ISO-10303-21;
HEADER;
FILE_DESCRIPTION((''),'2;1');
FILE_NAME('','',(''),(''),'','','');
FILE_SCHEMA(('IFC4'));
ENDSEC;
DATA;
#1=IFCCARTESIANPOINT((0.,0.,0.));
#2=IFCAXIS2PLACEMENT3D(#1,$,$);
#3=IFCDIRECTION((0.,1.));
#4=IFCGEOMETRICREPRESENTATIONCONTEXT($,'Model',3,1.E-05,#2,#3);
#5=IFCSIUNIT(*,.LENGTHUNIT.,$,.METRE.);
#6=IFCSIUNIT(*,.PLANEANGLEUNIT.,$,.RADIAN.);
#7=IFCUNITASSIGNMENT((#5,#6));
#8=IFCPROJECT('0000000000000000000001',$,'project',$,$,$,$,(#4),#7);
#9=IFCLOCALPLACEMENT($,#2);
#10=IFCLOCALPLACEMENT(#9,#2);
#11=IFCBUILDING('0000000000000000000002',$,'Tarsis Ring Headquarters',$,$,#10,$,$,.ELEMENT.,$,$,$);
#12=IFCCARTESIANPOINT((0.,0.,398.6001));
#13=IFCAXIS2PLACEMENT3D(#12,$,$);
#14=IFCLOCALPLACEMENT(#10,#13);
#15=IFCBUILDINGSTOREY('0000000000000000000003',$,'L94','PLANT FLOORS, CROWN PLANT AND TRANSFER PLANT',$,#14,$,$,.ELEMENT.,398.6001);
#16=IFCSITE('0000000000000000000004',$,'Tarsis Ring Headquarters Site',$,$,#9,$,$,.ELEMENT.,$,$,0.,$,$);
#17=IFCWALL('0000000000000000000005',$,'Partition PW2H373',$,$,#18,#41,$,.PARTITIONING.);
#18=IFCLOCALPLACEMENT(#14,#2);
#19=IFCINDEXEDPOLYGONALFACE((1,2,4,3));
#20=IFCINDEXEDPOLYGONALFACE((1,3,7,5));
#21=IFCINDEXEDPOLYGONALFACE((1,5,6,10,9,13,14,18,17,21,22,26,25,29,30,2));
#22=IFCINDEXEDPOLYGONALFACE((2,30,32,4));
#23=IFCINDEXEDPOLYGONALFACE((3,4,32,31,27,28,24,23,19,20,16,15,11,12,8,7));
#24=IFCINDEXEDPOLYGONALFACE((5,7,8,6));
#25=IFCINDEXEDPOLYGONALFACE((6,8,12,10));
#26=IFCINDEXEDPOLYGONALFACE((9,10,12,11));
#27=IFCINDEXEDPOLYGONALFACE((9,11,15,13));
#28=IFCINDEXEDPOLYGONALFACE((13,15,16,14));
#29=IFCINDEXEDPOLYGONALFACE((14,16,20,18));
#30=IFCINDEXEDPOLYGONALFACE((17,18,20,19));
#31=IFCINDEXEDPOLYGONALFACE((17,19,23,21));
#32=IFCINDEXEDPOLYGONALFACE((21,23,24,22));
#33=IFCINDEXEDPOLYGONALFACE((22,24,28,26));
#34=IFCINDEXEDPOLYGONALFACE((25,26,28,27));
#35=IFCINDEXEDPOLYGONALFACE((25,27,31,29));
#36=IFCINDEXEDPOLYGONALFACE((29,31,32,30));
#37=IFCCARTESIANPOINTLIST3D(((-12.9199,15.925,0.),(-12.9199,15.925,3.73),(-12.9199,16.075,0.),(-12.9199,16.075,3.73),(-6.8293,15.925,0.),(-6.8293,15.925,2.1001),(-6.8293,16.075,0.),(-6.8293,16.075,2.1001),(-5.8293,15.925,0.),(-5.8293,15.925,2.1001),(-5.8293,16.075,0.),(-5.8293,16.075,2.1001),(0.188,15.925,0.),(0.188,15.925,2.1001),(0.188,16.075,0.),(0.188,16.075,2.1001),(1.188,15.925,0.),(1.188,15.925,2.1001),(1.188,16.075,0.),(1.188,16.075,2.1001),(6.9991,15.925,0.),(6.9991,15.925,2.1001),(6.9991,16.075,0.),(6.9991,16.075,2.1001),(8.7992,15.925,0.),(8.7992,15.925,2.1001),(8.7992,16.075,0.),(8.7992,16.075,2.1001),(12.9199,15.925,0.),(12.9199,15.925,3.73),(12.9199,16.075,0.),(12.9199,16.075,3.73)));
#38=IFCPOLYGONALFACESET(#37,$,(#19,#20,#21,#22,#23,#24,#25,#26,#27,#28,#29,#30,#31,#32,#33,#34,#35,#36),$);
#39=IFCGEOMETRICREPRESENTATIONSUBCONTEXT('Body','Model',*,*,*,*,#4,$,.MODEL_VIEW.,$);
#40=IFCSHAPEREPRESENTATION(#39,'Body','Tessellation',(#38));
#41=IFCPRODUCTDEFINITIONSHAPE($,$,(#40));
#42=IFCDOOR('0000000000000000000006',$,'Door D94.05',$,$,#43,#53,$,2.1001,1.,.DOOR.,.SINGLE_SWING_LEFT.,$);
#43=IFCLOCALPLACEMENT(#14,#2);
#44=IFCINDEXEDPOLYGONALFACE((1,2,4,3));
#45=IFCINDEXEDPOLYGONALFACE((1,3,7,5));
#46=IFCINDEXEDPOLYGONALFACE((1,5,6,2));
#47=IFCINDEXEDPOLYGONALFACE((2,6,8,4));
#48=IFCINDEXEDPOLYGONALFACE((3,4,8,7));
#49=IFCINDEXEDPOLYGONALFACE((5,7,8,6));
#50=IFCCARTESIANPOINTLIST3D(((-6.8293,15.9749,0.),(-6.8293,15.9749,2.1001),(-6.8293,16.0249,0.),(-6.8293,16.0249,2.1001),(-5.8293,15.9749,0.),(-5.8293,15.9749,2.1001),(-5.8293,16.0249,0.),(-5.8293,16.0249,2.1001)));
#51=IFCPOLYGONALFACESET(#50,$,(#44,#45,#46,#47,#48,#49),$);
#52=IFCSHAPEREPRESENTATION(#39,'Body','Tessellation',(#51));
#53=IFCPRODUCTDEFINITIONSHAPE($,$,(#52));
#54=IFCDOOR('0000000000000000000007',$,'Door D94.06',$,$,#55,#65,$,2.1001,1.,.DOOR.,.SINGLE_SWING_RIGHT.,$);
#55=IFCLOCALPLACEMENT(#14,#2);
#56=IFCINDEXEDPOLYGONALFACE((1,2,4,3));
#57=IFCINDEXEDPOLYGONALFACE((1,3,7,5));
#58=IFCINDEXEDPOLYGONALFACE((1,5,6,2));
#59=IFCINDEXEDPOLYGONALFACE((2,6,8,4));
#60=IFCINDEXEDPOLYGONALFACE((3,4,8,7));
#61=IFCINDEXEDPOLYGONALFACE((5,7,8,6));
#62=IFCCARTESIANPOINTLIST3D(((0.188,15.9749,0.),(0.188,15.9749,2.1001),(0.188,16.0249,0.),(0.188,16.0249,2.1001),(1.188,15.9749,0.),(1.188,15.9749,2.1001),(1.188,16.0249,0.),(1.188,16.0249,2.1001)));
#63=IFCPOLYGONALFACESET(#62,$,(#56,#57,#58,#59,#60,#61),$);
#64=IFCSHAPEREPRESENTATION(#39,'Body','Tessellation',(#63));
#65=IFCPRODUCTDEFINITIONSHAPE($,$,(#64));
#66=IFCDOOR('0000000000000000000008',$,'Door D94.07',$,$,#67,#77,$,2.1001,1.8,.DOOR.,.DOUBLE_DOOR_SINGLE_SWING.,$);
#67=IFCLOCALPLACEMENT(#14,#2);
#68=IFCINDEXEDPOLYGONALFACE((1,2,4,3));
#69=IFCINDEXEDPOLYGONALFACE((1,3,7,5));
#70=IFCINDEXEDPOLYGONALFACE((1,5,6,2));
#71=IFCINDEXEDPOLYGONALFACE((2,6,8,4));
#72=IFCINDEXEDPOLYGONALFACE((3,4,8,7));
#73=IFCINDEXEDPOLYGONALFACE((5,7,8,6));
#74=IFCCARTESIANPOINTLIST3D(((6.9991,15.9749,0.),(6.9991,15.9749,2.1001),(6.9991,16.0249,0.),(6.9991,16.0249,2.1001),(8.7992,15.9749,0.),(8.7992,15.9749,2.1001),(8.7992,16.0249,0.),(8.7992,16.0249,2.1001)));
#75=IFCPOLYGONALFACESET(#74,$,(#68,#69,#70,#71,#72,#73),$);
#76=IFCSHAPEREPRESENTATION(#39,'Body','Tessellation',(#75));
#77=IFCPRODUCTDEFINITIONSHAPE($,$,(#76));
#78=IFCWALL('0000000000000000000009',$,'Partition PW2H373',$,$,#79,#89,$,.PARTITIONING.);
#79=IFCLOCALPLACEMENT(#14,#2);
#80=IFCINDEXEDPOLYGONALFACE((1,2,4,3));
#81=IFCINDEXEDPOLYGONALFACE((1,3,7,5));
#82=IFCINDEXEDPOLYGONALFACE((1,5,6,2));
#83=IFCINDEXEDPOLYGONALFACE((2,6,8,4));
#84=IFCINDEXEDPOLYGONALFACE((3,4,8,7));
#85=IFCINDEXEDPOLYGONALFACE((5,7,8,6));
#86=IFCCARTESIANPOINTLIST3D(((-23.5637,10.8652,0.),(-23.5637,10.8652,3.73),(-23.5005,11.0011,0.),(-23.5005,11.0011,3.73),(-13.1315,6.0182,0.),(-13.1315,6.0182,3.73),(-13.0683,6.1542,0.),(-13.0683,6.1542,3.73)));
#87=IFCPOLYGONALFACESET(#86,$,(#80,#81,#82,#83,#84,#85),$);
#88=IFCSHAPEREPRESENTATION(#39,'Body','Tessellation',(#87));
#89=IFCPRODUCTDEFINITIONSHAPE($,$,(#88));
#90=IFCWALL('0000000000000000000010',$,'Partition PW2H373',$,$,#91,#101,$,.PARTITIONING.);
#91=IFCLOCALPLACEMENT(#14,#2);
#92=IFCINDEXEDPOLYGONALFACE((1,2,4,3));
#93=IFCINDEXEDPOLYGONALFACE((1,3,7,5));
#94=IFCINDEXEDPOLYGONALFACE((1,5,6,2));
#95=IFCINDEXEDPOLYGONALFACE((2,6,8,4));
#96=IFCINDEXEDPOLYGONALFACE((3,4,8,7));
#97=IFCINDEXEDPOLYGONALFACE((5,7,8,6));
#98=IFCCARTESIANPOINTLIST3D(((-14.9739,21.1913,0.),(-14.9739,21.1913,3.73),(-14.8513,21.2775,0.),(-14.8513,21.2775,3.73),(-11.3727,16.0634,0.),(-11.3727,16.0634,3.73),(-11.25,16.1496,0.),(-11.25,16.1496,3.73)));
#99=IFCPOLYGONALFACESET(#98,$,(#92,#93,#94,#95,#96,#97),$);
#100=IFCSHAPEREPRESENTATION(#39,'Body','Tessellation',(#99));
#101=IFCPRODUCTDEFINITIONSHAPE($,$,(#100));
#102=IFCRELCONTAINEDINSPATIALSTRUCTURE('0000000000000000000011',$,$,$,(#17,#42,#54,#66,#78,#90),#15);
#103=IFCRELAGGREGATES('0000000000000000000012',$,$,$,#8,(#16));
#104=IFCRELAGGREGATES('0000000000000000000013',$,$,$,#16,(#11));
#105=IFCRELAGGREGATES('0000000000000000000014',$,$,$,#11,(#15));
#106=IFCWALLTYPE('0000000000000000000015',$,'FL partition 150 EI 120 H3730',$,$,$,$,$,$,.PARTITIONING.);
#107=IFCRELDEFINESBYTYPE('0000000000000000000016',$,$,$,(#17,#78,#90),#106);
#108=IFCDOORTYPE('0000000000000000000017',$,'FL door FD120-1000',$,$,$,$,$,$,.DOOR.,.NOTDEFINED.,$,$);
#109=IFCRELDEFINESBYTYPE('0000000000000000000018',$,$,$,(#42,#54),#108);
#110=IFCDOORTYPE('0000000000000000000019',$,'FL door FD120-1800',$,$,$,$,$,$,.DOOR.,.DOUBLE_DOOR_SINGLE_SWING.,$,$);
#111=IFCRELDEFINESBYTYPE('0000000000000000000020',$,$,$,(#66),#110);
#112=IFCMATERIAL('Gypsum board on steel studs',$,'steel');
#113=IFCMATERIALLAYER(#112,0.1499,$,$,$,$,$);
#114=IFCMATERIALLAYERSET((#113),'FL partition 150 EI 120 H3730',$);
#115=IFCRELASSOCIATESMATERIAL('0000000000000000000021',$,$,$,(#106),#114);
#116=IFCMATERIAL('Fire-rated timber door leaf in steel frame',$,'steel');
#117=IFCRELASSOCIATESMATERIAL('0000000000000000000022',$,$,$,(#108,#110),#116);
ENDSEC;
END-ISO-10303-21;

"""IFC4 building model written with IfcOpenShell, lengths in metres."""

from ifc_helpers import new_model, si_unit, direction, frame, frame_2d, origin, place, context, subcontext, project, spatial, rectangle, extrude, material, layer, layer_set, type_object, element, fill, save


model = new_model("IFC4")

# Units and contexts
model_context = context("Model", 3, precision=1e-05, world=origin(), true_north=direction((0.0, 1.0)))
body_context = subcontext(model_context, "Body", "Model", "MODEL_VIEW")
ifc_project = project(units=[si_unit("LENGTHUNIT", "METRE"), si_unit("PLANEANGLEUNIT", "RADIAN")], contexts=[model_context])

# Site, building, storey
site_placement = place(None, origin())
site = spatial("IfcSite", under=ifc_project, at=site_placement, Name="Tarsis Ring Headquarters Site", CompositionType="ELEMENT", RefElevation=0.0)
building_placement = place(site_placement, origin())
building = spatial("IfcBuilding", under=site, at=building_placement, Name="Tarsis Ring Headquarters", CompositionType="ELEMENT")
storey_placement = place(building_placement, frame((0.0, 0.0, 398.6001)))
storey = spatial("IfcBuildingStorey", under=building, at=storey_placement, Name="L94", Description="PLANT FLOORS, CROWN PLANT AND TRANSFER PLANT", CompositionType="ELEMENT", Elevation=398.6001)

# Wall, openings, doors
ifc_material_1 = material(Name="Gypsum board on steel studs", Category="steel")
ifc_layer = layer(ifc_material_1, 0.1499)
ifc_layer_set = layer_set([ifc_layer], Name="FL partition 150 EI 120 H3730")
wall_type = type_object("IfcWallType", Name="FL partition 150 EI 120 H3730", PredefinedType="PARTITIONING", material=ifc_layer_set)
wall_1_placement = place(storey_placement, frame((-12.9199, 16.0, 0.0), z_axis=(0.0, 0.0, 1.0), x_axis=(1.0, 0.0, 0.0)))
wall_1 = element("IfcWall", 1, at=wall_1_placement, inside=storey, type_object=wall_type, Name="Partition PW2H373", PredefinedType="PARTITIONING", context=body_context, shape_type="SweptSolid", body=[
    extrude(rectangle(XDim=25.8398, YDim=0.1499, at=frame_2d((12.9199, 0.0))), origin(), (0.0, 0.0, 1.0), 3.73),
])
opening_1_placement = place(wall_1_placement, frame((6.0906, 0.0, 0.0)))
opening_1 = element("IfcOpeningElement", 2, at=opening_1_placement, cuts=wall_1, PredefinedType="OPENING", context=body_context, shape_type="SweptSolid", body=[
    extrude(rectangle(XDim=1.0, YDim=2.1001, at=frame_2d((0.5, 1.05))), frame((0.0, 0.085, 0.0), z_axis=(0.0, -1.0, 0.0), x_axis=(1.0, 0.0, 0.0)), (0.0, 0.0, 1.0), 0.1699),
])
opening_2_placement = place(wall_1_placement, frame((13.1079, 0.0, 0.0)))
opening_2 = element("IfcOpeningElement", 3, at=opening_2_placement, cuts=wall_1, PredefinedType="OPENING", context=body_context, shape_type="SweptSolid", body=[
    extrude(rectangle(XDim=1.0, YDim=2.1001, at=frame_2d((0.5, 1.05))), frame((0.0, 0.085, 0.0), z_axis=(0.0, -1.0, 0.0), x_axis=(1.0, 0.0, 0.0)), (0.0, 0.0, 1.0), 0.1699),
])
opening_3_placement = place(wall_1_placement, frame((19.9192, 0.0, 0.0)))
opening_3 = element("IfcOpeningElement", 4, at=opening_3_placement, cuts=wall_1, PredefinedType="OPENING", context=body_context, shape_type="SweptSolid", body=[
    extrude(rectangle(XDim=1.8, YDim=2.1001, at=frame_2d((0.8999, 1.05))), frame((0.0, 0.085, 0.0), z_axis=(0.0, -1.0, 0.0), x_axis=(1.0, 0.0, 0.0)), (0.0, 0.0, 1.0), 0.1699),
])
ifc_material_2 = material(Name="Fire-rated timber door leaf in steel frame", Category="steel")
door_type_1 = type_object("IfcDoorType", Name="FL door FD120-1000", OperationType="NOTDEFINED", PredefinedType="DOOR", material=ifc_material_2)
door_1_placement = place(opening_1_placement, origin())
door_1 = element("IfcDoor", 5, at=door_1_placement, inside=storey, type_object=door_type_1, Name="Door D94.05", OperationType="SINGLE_SWING_LEFT", OverallHeight=2.1001, OverallWidth=1.0, PredefinedType="DOOR", context=body_context, shape_type="SweptSolid", body=[
    extrude(rectangle(XDim=1.0, YDim=2.1001, at=frame_2d((0.5, 1.05))), frame((0.0, 0.0249, 0.0), z_axis=(0.0, -1.0, 0.0), x_axis=(1.0, 0.0, 0.0)), (0.0, 0.0, 1.0), 0.05),
])
fill(opening_1, door_1)
door_2_placement = place(opening_2_placement, origin())
door_2 = element("IfcDoor", 6, at=door_2_placement, inside=storey, type_object=door_type_1, Name="Door D94.06", OperationType="SINGLE_SWING_RIGHT", OverallHeight=2.1001, OverallWidth=1.0, PredefinedType="DOOR", context=body_context, shape_type="SweptSolid", body=[
    extrude(rectangle(XDim=1.0, YDim=2.1001, at=frame_2d((0.5, 1.05))), frame((0.0, 0.0249, 0.0), z_axis=(0.0, -1.0, 0.0), x_axis=(1.0, 0.0, 0.0)), (0.0, 0.0, 1.0), 0.05),
])
fill(opening_2, door_2)
door_type_2 = type_object("IfcDoorType", Name="FL door FD120-1800", OperationType="DOUBLE_DOOR_SINGLE_SWING", PredefinedType="DOOR", material=ifc_material_2)
door_3_placement = place(opening_3_placement, origin())
door_3 = element("IfcDoor", 7, at=door_3_placement, inside=storey, type_object=door_type_2, Name="Door D94.07", OperationType="DOUBLE_DOOR_SINGLE_SWING", OverallHeight=2.1001, OverallWidth=1.8, PredefinedType="DOOR", context=body_context, shape_type="SweptSolid", body=[
    extrude(rectangle(XDim=1.8, YDim=2.1001, at=frame_2d((0.8999, 1.05))), frame((0.0, 0.0249, 0.0), z_axis=(0.0, -1.0, 0.0), x_axis=(1.0, 0.0, 0.0)), (0.0, 0.0, 1.0), 0.05),
])
fill(opening_3, door_3)

# Walls
wall_2_placement = place(storey_placement, frame((-23.532, 10.9331, 0.0), z_axis=(0.0, 0.0, 1.0), x_axis=(0.906895, -0.421357, 0.0)))
element("IfcWall", 8, at=wall_2_placement, inside=storey, type_object=wall_type, Name="Partition PW2H373", PredefinedType="PARTITIONING", context=body_context, shape_type="SweptSolid", body=[
    extrude(rectangle(XDim=11.5032, YDim=0.1499, at=frame_2d((5.7515, 0.0))), origin(), (0.0, 0.0, 1.0), 3.73),
])
wall_3_placement = place(storey_placement, frame((-14.9126, 21.2344, 0.0), z_axis=(0.0, 0.0, 1.0), x_axis=(0.574722, -0.818349, 0.0)))
element("IfcWall", 9, at=wall_3_placement, inside=storey, type_object=wall_type, Name="Partition PW2H373", PredefinedType="PARTITIONING", context=body_context, shape_type="SweptSolid", body=[
    extrude(rectangle(XDim=6.2661, YDim=0.1499, at=frame_2d((3.1331, 0.0))), origin(), (0.0, 0.0, 1.0), 3.73),
])

save(model, "model.ifc")
